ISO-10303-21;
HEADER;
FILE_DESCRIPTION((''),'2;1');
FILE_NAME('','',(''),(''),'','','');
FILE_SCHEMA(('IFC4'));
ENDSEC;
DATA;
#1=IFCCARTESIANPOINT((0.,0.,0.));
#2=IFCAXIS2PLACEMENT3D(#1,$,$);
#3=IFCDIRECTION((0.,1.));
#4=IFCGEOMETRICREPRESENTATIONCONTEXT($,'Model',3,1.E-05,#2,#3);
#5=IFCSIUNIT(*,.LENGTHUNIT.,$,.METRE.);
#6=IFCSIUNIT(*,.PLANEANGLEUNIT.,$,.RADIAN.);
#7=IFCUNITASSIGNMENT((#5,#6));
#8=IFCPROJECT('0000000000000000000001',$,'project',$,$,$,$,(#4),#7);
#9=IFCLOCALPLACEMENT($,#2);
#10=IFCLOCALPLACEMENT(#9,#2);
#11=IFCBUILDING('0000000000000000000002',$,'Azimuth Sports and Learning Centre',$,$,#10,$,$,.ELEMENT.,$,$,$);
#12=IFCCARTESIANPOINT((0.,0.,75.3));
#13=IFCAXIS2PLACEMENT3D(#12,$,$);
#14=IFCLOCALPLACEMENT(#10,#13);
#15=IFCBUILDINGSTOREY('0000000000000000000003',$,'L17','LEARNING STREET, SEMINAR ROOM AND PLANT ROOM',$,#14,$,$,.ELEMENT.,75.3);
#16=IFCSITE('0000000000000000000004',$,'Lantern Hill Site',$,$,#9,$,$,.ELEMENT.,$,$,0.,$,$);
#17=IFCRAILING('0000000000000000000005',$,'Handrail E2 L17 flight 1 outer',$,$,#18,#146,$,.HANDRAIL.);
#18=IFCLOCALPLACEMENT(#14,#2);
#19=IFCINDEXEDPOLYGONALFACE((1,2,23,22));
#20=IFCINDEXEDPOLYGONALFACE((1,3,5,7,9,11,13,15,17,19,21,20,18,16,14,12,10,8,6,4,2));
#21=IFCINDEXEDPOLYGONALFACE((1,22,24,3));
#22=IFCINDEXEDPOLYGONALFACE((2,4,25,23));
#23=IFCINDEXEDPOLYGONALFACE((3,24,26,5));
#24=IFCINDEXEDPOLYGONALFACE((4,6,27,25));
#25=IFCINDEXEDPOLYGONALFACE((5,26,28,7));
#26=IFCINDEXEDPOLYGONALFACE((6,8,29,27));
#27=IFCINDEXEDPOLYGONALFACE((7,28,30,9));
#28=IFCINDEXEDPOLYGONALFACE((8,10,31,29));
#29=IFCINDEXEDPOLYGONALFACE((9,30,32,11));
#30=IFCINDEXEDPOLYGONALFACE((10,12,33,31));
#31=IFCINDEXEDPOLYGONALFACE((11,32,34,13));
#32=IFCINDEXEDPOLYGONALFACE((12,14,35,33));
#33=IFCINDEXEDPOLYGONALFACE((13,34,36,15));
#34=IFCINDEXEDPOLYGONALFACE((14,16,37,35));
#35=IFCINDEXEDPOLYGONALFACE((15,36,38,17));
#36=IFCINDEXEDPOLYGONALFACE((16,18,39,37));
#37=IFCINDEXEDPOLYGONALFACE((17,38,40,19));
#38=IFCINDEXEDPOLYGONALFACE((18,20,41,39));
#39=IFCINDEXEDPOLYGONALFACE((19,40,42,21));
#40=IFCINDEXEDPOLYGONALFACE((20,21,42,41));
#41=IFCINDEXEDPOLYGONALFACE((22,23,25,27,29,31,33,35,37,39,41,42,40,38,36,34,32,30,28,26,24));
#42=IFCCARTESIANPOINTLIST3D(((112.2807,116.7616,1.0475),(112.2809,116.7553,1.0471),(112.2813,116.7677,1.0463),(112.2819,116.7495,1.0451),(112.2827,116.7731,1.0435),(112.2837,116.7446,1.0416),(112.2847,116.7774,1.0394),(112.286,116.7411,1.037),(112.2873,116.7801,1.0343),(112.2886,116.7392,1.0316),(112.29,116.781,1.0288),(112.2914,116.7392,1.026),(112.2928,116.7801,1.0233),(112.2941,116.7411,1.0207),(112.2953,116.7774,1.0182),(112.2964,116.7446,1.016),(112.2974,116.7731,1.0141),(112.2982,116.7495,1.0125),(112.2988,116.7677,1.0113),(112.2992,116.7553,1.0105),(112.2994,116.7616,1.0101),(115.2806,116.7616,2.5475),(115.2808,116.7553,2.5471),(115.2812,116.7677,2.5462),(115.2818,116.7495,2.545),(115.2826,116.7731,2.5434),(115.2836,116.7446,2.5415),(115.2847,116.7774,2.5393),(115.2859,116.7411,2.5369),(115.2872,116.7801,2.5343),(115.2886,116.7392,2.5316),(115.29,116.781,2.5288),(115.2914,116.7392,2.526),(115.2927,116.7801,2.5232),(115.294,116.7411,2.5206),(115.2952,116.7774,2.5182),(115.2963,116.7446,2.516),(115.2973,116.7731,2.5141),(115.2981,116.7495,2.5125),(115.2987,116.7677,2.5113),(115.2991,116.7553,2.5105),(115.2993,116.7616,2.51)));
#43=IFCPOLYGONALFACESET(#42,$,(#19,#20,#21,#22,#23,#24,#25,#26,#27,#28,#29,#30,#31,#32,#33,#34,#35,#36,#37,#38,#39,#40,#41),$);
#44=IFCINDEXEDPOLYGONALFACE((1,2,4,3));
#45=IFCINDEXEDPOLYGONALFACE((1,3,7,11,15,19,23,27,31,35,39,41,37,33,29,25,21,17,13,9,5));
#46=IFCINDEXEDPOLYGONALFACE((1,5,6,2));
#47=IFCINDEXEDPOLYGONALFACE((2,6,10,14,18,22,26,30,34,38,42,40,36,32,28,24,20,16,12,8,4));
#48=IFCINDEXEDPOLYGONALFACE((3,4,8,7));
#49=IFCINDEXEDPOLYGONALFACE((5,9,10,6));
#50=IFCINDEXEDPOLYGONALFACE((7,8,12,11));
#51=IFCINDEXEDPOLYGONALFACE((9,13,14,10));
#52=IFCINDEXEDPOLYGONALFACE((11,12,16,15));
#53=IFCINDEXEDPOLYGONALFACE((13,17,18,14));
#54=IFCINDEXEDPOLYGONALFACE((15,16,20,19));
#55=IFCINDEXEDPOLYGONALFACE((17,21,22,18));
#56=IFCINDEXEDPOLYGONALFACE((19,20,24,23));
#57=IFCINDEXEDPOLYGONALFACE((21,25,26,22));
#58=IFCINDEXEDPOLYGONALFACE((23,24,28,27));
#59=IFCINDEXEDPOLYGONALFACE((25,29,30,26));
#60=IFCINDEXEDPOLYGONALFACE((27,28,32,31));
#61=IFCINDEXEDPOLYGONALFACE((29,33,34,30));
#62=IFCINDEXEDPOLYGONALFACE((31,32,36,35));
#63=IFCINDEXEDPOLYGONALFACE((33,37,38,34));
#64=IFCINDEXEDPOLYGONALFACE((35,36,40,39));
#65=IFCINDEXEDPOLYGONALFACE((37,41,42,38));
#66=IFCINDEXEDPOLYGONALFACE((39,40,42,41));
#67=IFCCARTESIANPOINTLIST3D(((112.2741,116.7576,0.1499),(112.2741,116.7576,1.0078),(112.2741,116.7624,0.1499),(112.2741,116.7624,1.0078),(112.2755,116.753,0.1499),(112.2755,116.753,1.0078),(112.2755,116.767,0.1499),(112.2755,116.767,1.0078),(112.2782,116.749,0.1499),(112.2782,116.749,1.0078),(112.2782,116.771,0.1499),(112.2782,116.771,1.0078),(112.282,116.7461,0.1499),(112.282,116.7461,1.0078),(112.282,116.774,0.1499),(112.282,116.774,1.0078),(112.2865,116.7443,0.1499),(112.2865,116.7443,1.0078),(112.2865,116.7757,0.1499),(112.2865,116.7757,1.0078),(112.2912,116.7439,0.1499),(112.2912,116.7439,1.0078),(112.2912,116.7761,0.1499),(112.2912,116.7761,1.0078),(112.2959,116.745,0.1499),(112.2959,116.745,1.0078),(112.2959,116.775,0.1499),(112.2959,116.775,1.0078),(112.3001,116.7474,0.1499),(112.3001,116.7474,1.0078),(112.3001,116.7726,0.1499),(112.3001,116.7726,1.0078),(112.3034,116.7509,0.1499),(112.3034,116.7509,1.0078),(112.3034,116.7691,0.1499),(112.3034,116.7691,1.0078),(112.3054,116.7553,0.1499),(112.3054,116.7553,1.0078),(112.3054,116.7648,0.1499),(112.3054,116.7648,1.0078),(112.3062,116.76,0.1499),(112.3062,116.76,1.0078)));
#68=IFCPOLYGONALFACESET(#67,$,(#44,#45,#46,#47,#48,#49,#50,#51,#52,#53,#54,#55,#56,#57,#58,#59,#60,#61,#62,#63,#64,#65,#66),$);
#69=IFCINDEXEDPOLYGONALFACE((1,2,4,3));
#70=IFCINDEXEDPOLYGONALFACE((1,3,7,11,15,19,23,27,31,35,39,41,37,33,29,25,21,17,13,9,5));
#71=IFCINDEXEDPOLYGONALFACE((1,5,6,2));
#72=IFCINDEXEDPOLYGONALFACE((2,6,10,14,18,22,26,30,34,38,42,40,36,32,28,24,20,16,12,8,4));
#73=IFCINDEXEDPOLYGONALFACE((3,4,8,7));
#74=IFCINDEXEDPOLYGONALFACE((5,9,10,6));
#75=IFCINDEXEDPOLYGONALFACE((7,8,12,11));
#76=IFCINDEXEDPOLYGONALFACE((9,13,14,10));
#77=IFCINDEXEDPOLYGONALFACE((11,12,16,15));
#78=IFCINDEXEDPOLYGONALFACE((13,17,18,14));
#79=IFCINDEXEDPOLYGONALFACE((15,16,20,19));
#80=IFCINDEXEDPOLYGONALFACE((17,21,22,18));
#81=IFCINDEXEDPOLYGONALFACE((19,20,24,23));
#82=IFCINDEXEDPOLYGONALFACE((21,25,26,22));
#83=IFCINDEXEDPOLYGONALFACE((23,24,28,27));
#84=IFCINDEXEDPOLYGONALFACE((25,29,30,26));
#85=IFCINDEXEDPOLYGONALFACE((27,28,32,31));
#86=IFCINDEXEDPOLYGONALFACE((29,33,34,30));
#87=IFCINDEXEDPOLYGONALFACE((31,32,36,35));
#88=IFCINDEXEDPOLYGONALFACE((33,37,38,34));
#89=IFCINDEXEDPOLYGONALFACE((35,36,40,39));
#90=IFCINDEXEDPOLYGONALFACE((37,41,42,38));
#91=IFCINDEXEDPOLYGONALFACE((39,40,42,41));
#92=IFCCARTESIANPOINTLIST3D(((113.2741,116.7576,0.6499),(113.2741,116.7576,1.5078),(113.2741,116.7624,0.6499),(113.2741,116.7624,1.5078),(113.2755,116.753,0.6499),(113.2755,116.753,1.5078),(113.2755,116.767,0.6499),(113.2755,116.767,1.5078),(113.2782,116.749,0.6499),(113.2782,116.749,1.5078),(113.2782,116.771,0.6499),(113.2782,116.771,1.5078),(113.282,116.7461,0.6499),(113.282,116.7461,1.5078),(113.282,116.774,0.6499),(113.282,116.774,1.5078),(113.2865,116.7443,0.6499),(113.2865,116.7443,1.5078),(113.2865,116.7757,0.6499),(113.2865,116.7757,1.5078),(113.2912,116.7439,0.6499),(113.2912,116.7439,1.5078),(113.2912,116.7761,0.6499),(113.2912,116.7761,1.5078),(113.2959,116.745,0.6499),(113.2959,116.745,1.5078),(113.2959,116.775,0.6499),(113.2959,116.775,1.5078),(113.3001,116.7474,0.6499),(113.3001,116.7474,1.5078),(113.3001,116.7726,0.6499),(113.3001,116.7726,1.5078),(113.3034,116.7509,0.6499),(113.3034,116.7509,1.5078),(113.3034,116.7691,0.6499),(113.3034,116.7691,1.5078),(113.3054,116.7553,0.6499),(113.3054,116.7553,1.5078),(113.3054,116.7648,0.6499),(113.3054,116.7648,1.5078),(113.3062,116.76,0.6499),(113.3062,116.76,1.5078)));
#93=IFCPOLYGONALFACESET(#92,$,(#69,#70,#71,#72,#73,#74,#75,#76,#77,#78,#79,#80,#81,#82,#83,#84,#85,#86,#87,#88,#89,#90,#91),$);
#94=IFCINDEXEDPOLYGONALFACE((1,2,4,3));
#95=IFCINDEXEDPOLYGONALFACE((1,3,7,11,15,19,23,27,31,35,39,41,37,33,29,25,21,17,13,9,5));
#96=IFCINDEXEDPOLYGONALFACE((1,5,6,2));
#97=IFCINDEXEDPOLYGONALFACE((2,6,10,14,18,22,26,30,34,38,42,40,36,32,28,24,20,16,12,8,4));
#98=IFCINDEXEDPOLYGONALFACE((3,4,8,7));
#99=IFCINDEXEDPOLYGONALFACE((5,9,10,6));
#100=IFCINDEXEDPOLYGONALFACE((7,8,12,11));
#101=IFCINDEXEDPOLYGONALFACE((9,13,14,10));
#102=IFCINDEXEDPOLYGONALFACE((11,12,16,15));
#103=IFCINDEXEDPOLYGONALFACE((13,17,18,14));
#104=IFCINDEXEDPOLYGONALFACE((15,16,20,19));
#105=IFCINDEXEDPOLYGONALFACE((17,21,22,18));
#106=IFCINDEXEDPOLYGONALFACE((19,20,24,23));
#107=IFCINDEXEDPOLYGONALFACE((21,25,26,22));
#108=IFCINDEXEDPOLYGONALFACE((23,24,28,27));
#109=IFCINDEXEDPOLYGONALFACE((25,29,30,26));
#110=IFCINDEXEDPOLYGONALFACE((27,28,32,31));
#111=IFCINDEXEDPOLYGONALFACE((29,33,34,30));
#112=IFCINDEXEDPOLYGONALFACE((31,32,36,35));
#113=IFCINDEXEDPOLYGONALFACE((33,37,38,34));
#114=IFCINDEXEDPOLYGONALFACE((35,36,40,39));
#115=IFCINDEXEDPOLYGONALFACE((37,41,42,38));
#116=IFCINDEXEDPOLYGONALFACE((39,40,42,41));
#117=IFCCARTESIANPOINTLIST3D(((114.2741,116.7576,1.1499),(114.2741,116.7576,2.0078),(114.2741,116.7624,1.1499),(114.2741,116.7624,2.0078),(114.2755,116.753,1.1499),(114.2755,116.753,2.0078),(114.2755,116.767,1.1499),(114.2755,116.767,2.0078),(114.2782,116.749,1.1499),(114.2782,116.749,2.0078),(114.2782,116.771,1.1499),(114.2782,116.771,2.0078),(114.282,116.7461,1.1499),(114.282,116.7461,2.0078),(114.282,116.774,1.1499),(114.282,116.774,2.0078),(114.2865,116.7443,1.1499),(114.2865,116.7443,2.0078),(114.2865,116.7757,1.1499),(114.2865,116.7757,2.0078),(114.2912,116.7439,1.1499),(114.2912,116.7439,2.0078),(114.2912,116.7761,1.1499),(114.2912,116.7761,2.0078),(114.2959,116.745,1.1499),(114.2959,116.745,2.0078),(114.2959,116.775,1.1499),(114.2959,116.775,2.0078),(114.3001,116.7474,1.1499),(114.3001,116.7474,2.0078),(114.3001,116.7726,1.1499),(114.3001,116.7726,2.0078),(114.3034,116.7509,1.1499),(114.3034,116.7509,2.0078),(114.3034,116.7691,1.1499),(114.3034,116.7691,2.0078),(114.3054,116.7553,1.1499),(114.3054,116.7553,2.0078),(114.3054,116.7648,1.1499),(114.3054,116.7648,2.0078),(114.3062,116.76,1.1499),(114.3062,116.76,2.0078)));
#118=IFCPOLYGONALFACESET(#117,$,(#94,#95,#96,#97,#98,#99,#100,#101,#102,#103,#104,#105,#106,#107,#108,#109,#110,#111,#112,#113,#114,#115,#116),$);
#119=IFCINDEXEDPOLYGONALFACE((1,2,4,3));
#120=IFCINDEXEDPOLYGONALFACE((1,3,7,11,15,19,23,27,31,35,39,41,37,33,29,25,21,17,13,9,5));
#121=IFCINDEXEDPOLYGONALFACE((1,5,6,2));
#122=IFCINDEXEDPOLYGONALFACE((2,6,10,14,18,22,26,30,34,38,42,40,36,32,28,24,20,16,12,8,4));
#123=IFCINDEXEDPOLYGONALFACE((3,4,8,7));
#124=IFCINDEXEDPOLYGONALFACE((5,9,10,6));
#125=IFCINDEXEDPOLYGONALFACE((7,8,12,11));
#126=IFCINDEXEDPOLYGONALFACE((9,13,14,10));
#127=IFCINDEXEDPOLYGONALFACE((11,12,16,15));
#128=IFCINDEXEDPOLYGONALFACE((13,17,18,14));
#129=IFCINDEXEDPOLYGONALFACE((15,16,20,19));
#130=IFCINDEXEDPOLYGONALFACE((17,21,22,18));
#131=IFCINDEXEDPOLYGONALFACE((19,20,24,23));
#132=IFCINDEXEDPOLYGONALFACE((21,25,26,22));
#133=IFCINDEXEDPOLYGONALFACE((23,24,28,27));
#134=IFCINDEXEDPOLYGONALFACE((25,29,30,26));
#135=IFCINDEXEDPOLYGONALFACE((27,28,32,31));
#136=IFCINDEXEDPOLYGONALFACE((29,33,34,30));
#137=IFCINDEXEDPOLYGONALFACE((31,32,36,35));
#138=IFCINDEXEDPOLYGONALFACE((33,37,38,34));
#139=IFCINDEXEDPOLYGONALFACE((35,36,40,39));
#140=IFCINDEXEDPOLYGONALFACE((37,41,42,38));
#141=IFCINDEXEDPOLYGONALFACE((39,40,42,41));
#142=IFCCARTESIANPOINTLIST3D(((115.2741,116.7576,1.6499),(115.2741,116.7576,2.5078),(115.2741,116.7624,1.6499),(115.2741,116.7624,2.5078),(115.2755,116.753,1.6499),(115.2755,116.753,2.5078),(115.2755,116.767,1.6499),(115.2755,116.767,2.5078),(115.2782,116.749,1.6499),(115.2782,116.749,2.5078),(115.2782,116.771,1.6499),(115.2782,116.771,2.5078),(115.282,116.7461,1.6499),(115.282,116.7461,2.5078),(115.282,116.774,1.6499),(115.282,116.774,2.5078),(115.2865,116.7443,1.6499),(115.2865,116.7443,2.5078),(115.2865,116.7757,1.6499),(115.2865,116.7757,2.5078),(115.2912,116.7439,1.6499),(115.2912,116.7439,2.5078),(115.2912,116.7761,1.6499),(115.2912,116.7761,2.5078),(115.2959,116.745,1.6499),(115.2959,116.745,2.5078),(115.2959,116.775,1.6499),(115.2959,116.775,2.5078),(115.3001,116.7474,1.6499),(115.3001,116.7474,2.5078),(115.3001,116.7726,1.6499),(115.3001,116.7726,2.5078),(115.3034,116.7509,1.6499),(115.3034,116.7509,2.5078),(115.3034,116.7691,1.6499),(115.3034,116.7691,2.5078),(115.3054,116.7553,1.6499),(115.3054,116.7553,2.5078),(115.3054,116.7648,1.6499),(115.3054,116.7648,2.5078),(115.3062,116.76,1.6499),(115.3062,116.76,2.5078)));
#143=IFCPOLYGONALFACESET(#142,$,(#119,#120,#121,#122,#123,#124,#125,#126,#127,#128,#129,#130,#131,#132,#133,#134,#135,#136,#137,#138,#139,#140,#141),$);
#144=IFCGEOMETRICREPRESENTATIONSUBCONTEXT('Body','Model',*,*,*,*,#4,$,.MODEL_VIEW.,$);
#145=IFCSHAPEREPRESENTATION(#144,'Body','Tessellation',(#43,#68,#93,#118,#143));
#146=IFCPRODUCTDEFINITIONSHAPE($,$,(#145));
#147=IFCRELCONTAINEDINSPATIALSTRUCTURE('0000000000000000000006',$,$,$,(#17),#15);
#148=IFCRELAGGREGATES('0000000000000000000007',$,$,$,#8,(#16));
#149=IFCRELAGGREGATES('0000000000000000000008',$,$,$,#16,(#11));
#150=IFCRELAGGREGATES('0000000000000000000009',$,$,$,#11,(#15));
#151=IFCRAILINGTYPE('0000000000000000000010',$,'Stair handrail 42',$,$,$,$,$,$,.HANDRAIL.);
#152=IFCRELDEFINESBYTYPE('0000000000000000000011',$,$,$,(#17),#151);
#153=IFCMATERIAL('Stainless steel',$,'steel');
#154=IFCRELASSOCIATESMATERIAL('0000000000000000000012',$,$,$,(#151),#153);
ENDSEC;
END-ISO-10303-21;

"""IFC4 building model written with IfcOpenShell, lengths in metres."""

from ifc_helpers import new_model, si_unit, direction, frame, origin, origin_2d, place, context, subcontext, project, spatial, circle, extrude, material, type_object, element, save


model = new_model("IFC4")

# Units and contexts
model_context = context("Model", 3, precision=1e-05, world=origin(), true_north=direction((0.0, 1.0)))
body_context = subcontext(model_context, "Body", "Model", "MODEL_VIEW")
ifc_project = project(units=[si_unit("LENGTHUNIT", "METRE"), si_unit("PLANEANGLEUNIT", "RADIAN")], contexts=[model_context])

# Site, building, storey
site_placement = place(None, origin())
site = spatial("IfcSite", under=ifc_project, at=site_placement, Name="Lantern Hill Site", CompositionType="ELEMENT", RefElevation=0.0)
building_placement = place(site_placement, origin())
building = spatial("IfcBuilding", under=site, at=building_placement, Name="Azimuth Sports and Learning Centre", CompositionType="ELEMENT")
storey_placement = place(building_placement, frame((0.0, 0.0, 75.3)))
storey = spatial("IfcBuildingStorey", under=building, at=storey_placement, Name="L17", Description="LEARNING STREET, SEMINAR ROOM AND PLANT ROOM", CompositionType="ELEMENT", Elevation=75.3)

# Railing
ifc_material_1 = material(Name="Stainless steel", Category="steel")
railing_type_1 = type_object("IfcRailingType", Name="Stair handrail 42", PredefinedType="HANDRAIL", material=ifc_material_1)
for number, where, name in (
    (1, (112.29, 116.76, 0.1499), "Handrail E2 L17 flight 1 outer"),
):
    element("IfcRailing", number, at=place(storey_placement, frame(where)), inside=storey, type_object=railing_type_1, Name=name, PredefinedType="HANDRAIL", context=body_context, shape_type="SweptSolid", body=[
        extrude(circle(Radius=0.021, at=origin_2d()), frame((0.0, 0.0, 0.8789), z_axis=(0.894427, 0.0, 0.447214), x_axis=(0.0, 1.0, 0.0)), (0.0, 0.0, 1.0), 3.354),
        extrude(circle(Radius=0.0161, at=origin_2d()), origin(), (0.0, 0.0, 1.0), 0.8579),
        extrude(circle(Radius=0.0161, at=origin_2d()), frame((1.0, 0.0, 0.5)), (0.0, 0.0, 1.0), 0.8579),
        extrude(circle(Radius=0.0161, at=origin_2d()), frame((2.0, 0.0, 1.0)), (0.0, 0.0, 1.0), 0.8579),
        extrude(circle(Radius=0.0161, at=origin_2d()), frame((3.0, 0.0, 1.5)), (0.0, 0.0, 1.0), 0.8579),
    ])

save(model, "model.ifc")
